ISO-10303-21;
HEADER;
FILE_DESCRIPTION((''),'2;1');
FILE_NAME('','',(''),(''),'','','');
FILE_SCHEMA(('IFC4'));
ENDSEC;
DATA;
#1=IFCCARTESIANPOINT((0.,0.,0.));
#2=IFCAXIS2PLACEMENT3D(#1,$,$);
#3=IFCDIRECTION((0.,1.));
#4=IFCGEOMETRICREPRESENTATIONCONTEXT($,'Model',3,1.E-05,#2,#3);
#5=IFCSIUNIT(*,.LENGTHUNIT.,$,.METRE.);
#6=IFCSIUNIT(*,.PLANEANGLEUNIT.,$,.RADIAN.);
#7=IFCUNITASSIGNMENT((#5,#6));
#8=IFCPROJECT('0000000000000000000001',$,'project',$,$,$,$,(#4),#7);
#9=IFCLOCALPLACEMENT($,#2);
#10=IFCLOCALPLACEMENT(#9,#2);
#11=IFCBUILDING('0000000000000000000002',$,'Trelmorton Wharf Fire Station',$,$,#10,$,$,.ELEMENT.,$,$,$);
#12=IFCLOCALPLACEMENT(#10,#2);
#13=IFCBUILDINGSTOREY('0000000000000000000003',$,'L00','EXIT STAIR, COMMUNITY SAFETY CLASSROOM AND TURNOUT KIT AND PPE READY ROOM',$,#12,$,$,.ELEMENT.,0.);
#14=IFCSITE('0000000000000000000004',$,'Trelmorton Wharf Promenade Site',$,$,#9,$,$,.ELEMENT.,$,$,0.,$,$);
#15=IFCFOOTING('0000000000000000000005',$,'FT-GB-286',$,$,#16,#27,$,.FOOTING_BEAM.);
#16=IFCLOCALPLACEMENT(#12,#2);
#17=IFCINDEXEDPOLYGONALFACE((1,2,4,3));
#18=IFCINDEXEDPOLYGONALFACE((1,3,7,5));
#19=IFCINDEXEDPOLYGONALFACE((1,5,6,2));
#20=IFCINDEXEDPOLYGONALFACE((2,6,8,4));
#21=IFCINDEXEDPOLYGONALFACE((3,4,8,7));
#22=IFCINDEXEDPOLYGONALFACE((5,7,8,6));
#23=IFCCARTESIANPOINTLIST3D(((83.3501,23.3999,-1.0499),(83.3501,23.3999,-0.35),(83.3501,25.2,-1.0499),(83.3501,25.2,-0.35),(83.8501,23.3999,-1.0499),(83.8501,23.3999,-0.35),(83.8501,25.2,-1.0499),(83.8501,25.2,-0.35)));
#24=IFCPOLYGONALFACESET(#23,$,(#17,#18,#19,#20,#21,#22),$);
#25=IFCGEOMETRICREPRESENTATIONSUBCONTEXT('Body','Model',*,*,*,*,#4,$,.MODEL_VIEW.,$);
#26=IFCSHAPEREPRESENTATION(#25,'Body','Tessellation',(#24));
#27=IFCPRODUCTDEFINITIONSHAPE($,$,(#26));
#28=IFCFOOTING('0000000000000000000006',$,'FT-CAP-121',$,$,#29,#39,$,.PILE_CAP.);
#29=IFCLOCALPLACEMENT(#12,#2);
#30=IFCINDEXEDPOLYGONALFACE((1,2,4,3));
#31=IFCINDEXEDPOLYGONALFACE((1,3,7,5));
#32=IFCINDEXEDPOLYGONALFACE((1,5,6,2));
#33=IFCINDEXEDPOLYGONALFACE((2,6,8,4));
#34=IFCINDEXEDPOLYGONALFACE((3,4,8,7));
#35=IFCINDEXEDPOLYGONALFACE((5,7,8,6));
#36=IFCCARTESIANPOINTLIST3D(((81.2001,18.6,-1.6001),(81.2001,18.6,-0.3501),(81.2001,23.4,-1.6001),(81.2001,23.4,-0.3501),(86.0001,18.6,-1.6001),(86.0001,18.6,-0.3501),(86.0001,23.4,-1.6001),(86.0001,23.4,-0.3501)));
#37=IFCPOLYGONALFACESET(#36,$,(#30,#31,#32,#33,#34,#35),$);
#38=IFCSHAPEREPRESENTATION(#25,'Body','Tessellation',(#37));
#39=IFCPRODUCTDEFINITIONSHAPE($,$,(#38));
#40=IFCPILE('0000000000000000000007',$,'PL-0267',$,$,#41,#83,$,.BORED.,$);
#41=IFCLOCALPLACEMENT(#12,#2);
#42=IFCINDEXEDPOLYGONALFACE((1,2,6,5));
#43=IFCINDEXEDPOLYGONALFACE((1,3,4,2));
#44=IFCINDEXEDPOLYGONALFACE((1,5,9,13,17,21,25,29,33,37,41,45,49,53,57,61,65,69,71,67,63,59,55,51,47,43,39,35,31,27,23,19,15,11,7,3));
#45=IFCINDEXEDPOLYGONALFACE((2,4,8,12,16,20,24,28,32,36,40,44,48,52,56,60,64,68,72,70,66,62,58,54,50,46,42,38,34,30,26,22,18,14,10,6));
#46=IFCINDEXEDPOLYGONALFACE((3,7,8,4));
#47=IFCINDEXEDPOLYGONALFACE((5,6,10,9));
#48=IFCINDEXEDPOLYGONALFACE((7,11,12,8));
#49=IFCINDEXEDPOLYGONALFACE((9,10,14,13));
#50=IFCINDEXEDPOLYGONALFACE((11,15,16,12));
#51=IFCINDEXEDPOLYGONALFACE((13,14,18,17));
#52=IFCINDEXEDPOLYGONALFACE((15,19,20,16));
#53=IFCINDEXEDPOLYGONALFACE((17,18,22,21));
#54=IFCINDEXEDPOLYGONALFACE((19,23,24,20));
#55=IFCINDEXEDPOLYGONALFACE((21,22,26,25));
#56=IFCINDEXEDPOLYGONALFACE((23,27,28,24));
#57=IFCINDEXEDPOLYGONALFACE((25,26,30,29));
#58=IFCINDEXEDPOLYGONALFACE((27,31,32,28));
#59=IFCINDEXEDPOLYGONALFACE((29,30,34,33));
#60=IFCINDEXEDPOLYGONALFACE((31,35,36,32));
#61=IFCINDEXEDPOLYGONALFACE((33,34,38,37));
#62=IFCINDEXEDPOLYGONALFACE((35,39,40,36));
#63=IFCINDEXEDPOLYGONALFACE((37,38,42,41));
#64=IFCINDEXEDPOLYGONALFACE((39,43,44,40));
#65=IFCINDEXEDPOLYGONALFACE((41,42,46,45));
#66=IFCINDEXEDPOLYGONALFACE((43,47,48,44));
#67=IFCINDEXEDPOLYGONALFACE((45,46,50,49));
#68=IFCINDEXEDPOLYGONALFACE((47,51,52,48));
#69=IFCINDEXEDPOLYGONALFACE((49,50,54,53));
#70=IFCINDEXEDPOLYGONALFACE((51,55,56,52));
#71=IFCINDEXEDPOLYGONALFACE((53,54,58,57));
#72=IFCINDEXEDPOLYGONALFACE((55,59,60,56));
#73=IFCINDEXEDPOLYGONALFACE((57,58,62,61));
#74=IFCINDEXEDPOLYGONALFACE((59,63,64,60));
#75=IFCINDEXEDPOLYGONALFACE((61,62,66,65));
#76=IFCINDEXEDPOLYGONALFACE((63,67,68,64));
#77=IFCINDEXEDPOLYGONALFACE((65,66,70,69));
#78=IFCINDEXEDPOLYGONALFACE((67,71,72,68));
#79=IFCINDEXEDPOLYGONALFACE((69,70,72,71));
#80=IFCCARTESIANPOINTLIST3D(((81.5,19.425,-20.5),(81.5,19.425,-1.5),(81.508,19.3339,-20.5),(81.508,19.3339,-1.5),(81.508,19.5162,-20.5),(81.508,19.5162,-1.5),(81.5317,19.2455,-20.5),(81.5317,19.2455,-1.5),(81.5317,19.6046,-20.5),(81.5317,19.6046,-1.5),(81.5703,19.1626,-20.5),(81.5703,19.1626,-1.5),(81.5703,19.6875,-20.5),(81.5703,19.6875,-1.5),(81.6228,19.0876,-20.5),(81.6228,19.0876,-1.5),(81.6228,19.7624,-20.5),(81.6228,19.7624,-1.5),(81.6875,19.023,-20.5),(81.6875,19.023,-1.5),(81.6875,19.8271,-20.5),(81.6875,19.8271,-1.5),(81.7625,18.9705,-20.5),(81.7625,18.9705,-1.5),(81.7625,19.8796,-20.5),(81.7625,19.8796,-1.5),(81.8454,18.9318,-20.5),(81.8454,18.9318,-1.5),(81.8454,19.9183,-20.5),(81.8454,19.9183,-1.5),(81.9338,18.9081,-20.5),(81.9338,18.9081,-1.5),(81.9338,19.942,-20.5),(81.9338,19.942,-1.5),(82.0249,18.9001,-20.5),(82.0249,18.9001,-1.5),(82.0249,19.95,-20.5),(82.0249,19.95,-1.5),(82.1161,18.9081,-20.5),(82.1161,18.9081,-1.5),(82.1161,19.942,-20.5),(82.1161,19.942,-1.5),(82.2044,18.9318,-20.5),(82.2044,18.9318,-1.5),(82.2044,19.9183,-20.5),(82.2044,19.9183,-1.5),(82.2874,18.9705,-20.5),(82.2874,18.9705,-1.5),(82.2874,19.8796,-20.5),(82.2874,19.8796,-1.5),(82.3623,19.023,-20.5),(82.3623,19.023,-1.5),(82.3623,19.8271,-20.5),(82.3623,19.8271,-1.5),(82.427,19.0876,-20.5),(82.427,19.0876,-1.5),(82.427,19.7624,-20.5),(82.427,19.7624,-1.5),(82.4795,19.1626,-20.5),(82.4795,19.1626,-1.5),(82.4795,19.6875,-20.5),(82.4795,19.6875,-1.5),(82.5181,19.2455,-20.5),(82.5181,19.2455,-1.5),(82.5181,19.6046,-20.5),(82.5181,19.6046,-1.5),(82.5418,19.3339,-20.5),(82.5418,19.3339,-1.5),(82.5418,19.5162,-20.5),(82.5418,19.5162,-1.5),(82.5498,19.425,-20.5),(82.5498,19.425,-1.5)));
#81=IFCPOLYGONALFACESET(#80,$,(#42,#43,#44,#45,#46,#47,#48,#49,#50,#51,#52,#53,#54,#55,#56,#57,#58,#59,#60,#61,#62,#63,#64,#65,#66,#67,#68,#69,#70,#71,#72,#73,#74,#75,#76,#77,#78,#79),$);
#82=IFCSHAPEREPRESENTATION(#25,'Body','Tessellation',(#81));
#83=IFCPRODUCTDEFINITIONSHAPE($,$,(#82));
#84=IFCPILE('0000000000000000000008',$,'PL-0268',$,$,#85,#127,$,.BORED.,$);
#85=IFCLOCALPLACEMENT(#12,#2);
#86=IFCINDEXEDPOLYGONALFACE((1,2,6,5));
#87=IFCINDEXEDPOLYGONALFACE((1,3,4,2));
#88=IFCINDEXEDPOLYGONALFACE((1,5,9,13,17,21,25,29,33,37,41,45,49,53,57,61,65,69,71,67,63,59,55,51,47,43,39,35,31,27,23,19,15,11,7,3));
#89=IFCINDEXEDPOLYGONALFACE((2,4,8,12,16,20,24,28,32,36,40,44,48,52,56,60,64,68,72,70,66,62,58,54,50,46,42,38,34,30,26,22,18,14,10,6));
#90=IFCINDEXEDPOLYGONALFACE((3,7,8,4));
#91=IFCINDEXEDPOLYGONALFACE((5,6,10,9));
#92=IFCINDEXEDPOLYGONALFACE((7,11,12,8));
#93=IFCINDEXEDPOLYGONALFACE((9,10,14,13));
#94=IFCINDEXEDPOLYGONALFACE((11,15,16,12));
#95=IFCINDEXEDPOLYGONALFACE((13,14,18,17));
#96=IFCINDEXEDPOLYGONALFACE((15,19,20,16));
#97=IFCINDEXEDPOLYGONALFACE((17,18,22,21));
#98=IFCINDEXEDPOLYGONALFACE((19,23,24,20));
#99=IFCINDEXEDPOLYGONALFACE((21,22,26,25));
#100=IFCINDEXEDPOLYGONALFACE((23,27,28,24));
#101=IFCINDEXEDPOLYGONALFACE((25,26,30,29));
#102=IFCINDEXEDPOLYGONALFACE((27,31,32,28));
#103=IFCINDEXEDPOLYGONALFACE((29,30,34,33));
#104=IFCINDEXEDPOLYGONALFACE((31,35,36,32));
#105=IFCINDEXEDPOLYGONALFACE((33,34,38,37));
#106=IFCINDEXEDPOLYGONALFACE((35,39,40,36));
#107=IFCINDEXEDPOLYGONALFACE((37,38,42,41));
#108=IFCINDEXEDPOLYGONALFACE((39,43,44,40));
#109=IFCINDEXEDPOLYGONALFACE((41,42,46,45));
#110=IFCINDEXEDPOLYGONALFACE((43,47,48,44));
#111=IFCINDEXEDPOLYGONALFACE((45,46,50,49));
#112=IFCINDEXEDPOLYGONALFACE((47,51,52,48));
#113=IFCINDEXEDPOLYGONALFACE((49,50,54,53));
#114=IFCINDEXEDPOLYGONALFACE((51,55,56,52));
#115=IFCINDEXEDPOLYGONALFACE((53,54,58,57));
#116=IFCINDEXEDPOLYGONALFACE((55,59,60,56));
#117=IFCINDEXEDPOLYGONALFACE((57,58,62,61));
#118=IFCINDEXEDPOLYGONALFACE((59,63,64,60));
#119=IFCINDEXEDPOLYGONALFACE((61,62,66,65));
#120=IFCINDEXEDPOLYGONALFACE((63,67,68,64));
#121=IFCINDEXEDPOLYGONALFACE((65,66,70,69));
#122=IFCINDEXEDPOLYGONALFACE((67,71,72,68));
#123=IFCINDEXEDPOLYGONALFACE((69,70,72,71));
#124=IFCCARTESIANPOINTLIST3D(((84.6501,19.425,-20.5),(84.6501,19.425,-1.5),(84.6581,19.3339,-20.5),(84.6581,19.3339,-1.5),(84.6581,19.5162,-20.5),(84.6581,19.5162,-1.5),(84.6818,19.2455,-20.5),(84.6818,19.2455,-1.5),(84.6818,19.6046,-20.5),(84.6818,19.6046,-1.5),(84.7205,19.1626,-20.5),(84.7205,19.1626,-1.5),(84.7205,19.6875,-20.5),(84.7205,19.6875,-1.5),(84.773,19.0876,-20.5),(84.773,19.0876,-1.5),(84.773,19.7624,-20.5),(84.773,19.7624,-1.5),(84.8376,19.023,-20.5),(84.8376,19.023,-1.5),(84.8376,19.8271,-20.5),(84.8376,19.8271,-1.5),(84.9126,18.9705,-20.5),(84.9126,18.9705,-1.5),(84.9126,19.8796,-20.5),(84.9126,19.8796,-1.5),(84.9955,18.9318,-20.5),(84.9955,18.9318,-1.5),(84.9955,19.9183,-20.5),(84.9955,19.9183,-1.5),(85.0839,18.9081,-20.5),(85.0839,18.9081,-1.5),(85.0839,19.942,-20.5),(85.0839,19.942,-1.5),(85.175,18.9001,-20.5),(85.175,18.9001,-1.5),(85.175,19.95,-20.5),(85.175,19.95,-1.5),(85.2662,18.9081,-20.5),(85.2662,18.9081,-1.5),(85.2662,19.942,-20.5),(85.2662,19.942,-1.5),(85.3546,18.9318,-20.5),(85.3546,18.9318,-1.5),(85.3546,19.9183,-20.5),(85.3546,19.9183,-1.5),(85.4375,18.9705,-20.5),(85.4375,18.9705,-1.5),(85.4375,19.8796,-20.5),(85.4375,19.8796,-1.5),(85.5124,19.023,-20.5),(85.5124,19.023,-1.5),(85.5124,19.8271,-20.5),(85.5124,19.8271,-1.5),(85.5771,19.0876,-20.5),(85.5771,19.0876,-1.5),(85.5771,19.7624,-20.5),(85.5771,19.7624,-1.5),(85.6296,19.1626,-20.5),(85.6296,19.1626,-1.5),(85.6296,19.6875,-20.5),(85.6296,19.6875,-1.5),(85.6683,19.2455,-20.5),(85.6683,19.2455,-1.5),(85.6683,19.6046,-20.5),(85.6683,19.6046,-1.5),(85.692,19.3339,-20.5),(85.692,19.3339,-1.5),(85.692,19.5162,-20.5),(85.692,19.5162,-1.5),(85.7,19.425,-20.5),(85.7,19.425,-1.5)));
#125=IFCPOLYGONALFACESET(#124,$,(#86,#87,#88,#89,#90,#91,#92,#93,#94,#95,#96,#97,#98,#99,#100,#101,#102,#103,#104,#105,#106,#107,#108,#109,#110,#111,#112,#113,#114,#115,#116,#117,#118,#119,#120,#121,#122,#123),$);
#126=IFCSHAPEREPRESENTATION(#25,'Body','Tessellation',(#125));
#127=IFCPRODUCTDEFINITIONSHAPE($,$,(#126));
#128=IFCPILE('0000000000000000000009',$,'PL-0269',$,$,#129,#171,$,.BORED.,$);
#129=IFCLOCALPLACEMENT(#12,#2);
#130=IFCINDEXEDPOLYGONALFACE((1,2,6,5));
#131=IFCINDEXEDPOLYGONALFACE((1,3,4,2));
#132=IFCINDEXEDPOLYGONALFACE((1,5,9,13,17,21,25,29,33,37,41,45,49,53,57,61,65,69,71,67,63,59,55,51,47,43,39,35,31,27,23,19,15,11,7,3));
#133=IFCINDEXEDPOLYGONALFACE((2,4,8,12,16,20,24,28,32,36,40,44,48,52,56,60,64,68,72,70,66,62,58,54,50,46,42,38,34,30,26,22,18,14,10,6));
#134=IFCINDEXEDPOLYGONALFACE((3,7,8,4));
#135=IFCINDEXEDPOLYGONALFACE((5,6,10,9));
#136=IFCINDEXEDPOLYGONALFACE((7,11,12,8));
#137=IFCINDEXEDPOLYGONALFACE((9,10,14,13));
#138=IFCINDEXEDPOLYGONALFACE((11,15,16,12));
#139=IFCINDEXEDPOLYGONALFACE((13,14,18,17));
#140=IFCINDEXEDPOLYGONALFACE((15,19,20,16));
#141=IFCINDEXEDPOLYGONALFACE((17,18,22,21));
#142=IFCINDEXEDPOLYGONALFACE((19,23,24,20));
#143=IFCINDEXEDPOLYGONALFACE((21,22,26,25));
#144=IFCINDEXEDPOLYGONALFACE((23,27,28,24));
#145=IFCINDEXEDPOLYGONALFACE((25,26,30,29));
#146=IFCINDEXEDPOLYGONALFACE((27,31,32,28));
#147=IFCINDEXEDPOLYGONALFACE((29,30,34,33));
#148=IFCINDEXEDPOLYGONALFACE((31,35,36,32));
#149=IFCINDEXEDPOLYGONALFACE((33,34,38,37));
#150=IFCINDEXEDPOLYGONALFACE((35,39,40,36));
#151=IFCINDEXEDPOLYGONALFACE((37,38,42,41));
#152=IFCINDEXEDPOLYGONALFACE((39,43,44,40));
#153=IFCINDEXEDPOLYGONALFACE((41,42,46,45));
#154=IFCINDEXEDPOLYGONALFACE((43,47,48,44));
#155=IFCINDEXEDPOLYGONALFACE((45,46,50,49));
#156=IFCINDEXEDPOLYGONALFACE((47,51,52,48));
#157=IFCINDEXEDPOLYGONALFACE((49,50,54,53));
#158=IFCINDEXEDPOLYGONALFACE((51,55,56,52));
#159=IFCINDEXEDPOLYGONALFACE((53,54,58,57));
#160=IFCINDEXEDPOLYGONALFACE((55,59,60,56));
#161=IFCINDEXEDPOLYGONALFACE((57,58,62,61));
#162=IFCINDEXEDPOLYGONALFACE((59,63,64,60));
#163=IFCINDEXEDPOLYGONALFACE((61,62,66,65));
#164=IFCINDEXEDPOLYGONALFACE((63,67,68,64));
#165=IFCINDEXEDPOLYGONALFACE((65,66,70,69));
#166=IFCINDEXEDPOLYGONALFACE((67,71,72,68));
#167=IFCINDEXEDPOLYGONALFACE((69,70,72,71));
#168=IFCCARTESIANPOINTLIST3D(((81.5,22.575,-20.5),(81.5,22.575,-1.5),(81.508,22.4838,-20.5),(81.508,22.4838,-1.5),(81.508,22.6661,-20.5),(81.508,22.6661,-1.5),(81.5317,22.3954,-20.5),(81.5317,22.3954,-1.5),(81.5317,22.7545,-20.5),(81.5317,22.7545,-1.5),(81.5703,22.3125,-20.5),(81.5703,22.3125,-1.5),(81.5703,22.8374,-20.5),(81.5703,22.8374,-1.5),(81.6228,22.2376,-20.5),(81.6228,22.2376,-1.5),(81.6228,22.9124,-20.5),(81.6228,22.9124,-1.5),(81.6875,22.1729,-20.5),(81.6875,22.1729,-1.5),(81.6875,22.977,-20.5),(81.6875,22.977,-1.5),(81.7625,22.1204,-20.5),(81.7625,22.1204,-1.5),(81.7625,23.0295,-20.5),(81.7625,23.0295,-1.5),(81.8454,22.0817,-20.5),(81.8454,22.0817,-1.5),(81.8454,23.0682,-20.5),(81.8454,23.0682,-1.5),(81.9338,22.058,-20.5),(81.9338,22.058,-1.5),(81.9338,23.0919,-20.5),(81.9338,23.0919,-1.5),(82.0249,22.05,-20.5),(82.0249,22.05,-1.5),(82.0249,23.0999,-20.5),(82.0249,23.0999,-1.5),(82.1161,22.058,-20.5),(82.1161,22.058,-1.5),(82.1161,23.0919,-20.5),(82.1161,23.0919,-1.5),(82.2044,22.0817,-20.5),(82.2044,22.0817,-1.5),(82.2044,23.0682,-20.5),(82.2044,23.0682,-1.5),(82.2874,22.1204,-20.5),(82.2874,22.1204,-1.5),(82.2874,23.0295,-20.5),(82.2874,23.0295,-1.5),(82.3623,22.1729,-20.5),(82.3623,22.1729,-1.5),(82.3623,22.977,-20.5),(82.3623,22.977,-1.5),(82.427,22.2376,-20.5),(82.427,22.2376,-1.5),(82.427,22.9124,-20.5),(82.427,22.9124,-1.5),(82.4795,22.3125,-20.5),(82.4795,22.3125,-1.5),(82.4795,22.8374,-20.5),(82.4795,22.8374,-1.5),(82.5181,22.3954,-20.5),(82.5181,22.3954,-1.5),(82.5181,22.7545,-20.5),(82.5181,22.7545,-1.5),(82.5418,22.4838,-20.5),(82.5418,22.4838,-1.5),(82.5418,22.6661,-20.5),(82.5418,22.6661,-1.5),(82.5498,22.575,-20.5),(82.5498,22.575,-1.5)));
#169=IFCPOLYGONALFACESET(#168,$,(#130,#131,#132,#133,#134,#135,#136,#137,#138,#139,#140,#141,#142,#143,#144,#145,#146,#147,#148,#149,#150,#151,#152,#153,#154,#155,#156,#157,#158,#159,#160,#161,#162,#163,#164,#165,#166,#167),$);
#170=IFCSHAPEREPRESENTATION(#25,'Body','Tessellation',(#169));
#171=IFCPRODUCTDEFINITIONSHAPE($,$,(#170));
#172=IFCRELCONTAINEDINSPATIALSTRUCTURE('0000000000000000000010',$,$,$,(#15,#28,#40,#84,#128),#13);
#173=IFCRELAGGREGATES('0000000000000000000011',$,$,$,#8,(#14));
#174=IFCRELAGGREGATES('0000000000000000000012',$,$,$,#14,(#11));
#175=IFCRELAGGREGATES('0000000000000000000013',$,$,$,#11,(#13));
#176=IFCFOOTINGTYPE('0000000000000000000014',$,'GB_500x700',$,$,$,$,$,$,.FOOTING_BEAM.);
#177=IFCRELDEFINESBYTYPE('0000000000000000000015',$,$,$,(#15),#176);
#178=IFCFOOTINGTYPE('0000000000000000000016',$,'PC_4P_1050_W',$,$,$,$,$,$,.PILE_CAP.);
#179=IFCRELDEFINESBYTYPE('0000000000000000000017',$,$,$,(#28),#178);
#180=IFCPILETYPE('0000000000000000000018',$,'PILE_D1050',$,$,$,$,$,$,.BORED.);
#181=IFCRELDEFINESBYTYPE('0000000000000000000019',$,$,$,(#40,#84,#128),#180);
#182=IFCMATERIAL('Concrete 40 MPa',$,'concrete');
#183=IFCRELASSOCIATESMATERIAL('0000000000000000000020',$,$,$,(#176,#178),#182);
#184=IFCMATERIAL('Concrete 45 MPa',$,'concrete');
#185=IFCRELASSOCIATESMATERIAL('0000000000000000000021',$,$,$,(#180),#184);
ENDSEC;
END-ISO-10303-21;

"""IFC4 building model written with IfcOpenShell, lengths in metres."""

from ifc_helpers import new_model, si_unit, direction, frame, origin, origin_2d, place, context, subcontext, project, spatial, rectangle, circle, extrude, material, material_profile, profile_set, type_object, element, save


model = new_model("IFC4")

# Units and contexts
model_context = context("Model", 3, precision=1e-05, world=origin(), true_north=direction((0.0, 1.0)))
body_context = subcontext(model_context, "Body", "Model", "MODEL_VIEW")
ifc_project = project(units=[si_unit("LENGTHUNIT", "METRE"), si_unit("PLANEANGLEUNIT", "RADIAN")], contexts=[model_context])

# Site, building, storey
site_placement = place(None, origin())
site = spatial("IfcSite", under=ifc_project, at=site_placement, Name="Trelmorton Wharf Promenade Site", CompositionType="ELEMENT", RefElevation=0.0)
building_placement = place(site_placement, origin())
building = spatial("IfcBuilding", under=site, at=building_placement, Name="Trelmorton Wharf Fire Station", CompositionType="ELEMENT")
storey_placement = place(building_placement, origin())
storey = spatial("IfcBuildingStorey", under=building, at=storey_placement, Name="L00", Description="EXIT STAIR, COMMUNITY SAFETY CLASSROOM AND TURNOUT KIT AND PPE READY ROOM", CompositionType="ELEMENT", Elevation=0.0)

# Footings
ifc_material_1 = material(Name="Concrete 40 MPa", Category="concrete")
ifc_material_profile_1 = material_profile(ifc_material_1, rectangle(XDim=0.5, YDim=0.7, at=origin_2d()), Name="RC500x700")
ifc_profile_set_1 = profile_set([ifc_material_profile_1], Name="Concrete 40 MPa")
footing_type_1 = type_object("IfcFootingType", Name="GB_500x700", PredefinedType="FOOTING_BEAM", material=ifc_profile_set_1)
footing_1_placement = place(storey_placement, frame((83.6001, 23.3999, -0.7), z_axis=(0.0, 1.0, 0.0), x_axis=(-1.0, 0.0, 0.0)))
element("IfcFooting", 1, at=footing_1_placement, inside=storey, type_object=footing_type_1, Name="FT-GB-286", PredefinedType="FOOTING_BEAM", context=body_context, shape_type="SweptSolid", body=[
    extrude(rectangle(XDim=0.5, YDim=0.7, at=origin_2d()), origin(), (0.0, 0.0, 1.0), 1.8),
])
footing_type_2 = type_object("IfcFootingType", Name="PC_4P_1050_W", PredefinedType="PILE_CAP", material=ifc_material_1)
footing_2_placement = place(storey_placement, frame((83.6001, 21.0, -1.6001), z_axis=(0.0, 0.0, 1.0), x_axis=(1.0, 0.0, 0.0)))
element("IfcFooting", 2, at=footing_2_placement, inside=storey, type_object=footing_type_2, Name="FT-CAP-121", PredefinedType="PILE_CAP", context=body_context, shape_type="SweptSolid", body=[
    extrude(rectangle(XDim=4.8, YDim=4.8, at=origin_2d()), origin(), (0.0, 0.0, 1.0), 1.25),
])

# Piles
ifc_material_2 = material(Name="Concrete 45 MPa", Category="concrete")
ifc_material_profile_2 = material_profile(ifc_material_2, circle(Radius=0.5249, at=origin_2d()), Name="PILE-D1050")
ifc_profile_set_2 = profile_set([ifc_material_profile_2], Name="Concrete 45 MPa")
pile_type_1 = type_object("IfcPileType", Name="PILE_D1050", PredefinedType="BORED", material=ifc_profile_set_2)
for number, where, z_axis, x_axis, name in (
    (3, (82.0249, 19.425, -1.5), (0.0, 0.0, -1.0), (1.0, 0.0, 0.0), "PL-0267"),
    (4, (85.175, 19.425, -1.5), (0.0, 0.0, -1.0), (1.0, 0.0, 0.0), "PL-0268"),
    (5, (82.0249, 22.575, -1.5), (0.0, 0.0, -1.0), (1.0, 0.0, 0.0), "PL-0269"),
):
    element("IfcPile", number, at=place(storey_placement, frame(where, z_axis=z_axis, x_axis=x_axis)), inside=storey, type_object=pile_type_1, Name=name, PredefinedType="BORED", context=body_context, shape_type="SweptSolid", body=[
        extrude(circle(Radius=0.5249, at=origin_2d()), origin(), (0.0, 0.0, 1.0), 19.0),
    ])

save(model, "model.ifc")
